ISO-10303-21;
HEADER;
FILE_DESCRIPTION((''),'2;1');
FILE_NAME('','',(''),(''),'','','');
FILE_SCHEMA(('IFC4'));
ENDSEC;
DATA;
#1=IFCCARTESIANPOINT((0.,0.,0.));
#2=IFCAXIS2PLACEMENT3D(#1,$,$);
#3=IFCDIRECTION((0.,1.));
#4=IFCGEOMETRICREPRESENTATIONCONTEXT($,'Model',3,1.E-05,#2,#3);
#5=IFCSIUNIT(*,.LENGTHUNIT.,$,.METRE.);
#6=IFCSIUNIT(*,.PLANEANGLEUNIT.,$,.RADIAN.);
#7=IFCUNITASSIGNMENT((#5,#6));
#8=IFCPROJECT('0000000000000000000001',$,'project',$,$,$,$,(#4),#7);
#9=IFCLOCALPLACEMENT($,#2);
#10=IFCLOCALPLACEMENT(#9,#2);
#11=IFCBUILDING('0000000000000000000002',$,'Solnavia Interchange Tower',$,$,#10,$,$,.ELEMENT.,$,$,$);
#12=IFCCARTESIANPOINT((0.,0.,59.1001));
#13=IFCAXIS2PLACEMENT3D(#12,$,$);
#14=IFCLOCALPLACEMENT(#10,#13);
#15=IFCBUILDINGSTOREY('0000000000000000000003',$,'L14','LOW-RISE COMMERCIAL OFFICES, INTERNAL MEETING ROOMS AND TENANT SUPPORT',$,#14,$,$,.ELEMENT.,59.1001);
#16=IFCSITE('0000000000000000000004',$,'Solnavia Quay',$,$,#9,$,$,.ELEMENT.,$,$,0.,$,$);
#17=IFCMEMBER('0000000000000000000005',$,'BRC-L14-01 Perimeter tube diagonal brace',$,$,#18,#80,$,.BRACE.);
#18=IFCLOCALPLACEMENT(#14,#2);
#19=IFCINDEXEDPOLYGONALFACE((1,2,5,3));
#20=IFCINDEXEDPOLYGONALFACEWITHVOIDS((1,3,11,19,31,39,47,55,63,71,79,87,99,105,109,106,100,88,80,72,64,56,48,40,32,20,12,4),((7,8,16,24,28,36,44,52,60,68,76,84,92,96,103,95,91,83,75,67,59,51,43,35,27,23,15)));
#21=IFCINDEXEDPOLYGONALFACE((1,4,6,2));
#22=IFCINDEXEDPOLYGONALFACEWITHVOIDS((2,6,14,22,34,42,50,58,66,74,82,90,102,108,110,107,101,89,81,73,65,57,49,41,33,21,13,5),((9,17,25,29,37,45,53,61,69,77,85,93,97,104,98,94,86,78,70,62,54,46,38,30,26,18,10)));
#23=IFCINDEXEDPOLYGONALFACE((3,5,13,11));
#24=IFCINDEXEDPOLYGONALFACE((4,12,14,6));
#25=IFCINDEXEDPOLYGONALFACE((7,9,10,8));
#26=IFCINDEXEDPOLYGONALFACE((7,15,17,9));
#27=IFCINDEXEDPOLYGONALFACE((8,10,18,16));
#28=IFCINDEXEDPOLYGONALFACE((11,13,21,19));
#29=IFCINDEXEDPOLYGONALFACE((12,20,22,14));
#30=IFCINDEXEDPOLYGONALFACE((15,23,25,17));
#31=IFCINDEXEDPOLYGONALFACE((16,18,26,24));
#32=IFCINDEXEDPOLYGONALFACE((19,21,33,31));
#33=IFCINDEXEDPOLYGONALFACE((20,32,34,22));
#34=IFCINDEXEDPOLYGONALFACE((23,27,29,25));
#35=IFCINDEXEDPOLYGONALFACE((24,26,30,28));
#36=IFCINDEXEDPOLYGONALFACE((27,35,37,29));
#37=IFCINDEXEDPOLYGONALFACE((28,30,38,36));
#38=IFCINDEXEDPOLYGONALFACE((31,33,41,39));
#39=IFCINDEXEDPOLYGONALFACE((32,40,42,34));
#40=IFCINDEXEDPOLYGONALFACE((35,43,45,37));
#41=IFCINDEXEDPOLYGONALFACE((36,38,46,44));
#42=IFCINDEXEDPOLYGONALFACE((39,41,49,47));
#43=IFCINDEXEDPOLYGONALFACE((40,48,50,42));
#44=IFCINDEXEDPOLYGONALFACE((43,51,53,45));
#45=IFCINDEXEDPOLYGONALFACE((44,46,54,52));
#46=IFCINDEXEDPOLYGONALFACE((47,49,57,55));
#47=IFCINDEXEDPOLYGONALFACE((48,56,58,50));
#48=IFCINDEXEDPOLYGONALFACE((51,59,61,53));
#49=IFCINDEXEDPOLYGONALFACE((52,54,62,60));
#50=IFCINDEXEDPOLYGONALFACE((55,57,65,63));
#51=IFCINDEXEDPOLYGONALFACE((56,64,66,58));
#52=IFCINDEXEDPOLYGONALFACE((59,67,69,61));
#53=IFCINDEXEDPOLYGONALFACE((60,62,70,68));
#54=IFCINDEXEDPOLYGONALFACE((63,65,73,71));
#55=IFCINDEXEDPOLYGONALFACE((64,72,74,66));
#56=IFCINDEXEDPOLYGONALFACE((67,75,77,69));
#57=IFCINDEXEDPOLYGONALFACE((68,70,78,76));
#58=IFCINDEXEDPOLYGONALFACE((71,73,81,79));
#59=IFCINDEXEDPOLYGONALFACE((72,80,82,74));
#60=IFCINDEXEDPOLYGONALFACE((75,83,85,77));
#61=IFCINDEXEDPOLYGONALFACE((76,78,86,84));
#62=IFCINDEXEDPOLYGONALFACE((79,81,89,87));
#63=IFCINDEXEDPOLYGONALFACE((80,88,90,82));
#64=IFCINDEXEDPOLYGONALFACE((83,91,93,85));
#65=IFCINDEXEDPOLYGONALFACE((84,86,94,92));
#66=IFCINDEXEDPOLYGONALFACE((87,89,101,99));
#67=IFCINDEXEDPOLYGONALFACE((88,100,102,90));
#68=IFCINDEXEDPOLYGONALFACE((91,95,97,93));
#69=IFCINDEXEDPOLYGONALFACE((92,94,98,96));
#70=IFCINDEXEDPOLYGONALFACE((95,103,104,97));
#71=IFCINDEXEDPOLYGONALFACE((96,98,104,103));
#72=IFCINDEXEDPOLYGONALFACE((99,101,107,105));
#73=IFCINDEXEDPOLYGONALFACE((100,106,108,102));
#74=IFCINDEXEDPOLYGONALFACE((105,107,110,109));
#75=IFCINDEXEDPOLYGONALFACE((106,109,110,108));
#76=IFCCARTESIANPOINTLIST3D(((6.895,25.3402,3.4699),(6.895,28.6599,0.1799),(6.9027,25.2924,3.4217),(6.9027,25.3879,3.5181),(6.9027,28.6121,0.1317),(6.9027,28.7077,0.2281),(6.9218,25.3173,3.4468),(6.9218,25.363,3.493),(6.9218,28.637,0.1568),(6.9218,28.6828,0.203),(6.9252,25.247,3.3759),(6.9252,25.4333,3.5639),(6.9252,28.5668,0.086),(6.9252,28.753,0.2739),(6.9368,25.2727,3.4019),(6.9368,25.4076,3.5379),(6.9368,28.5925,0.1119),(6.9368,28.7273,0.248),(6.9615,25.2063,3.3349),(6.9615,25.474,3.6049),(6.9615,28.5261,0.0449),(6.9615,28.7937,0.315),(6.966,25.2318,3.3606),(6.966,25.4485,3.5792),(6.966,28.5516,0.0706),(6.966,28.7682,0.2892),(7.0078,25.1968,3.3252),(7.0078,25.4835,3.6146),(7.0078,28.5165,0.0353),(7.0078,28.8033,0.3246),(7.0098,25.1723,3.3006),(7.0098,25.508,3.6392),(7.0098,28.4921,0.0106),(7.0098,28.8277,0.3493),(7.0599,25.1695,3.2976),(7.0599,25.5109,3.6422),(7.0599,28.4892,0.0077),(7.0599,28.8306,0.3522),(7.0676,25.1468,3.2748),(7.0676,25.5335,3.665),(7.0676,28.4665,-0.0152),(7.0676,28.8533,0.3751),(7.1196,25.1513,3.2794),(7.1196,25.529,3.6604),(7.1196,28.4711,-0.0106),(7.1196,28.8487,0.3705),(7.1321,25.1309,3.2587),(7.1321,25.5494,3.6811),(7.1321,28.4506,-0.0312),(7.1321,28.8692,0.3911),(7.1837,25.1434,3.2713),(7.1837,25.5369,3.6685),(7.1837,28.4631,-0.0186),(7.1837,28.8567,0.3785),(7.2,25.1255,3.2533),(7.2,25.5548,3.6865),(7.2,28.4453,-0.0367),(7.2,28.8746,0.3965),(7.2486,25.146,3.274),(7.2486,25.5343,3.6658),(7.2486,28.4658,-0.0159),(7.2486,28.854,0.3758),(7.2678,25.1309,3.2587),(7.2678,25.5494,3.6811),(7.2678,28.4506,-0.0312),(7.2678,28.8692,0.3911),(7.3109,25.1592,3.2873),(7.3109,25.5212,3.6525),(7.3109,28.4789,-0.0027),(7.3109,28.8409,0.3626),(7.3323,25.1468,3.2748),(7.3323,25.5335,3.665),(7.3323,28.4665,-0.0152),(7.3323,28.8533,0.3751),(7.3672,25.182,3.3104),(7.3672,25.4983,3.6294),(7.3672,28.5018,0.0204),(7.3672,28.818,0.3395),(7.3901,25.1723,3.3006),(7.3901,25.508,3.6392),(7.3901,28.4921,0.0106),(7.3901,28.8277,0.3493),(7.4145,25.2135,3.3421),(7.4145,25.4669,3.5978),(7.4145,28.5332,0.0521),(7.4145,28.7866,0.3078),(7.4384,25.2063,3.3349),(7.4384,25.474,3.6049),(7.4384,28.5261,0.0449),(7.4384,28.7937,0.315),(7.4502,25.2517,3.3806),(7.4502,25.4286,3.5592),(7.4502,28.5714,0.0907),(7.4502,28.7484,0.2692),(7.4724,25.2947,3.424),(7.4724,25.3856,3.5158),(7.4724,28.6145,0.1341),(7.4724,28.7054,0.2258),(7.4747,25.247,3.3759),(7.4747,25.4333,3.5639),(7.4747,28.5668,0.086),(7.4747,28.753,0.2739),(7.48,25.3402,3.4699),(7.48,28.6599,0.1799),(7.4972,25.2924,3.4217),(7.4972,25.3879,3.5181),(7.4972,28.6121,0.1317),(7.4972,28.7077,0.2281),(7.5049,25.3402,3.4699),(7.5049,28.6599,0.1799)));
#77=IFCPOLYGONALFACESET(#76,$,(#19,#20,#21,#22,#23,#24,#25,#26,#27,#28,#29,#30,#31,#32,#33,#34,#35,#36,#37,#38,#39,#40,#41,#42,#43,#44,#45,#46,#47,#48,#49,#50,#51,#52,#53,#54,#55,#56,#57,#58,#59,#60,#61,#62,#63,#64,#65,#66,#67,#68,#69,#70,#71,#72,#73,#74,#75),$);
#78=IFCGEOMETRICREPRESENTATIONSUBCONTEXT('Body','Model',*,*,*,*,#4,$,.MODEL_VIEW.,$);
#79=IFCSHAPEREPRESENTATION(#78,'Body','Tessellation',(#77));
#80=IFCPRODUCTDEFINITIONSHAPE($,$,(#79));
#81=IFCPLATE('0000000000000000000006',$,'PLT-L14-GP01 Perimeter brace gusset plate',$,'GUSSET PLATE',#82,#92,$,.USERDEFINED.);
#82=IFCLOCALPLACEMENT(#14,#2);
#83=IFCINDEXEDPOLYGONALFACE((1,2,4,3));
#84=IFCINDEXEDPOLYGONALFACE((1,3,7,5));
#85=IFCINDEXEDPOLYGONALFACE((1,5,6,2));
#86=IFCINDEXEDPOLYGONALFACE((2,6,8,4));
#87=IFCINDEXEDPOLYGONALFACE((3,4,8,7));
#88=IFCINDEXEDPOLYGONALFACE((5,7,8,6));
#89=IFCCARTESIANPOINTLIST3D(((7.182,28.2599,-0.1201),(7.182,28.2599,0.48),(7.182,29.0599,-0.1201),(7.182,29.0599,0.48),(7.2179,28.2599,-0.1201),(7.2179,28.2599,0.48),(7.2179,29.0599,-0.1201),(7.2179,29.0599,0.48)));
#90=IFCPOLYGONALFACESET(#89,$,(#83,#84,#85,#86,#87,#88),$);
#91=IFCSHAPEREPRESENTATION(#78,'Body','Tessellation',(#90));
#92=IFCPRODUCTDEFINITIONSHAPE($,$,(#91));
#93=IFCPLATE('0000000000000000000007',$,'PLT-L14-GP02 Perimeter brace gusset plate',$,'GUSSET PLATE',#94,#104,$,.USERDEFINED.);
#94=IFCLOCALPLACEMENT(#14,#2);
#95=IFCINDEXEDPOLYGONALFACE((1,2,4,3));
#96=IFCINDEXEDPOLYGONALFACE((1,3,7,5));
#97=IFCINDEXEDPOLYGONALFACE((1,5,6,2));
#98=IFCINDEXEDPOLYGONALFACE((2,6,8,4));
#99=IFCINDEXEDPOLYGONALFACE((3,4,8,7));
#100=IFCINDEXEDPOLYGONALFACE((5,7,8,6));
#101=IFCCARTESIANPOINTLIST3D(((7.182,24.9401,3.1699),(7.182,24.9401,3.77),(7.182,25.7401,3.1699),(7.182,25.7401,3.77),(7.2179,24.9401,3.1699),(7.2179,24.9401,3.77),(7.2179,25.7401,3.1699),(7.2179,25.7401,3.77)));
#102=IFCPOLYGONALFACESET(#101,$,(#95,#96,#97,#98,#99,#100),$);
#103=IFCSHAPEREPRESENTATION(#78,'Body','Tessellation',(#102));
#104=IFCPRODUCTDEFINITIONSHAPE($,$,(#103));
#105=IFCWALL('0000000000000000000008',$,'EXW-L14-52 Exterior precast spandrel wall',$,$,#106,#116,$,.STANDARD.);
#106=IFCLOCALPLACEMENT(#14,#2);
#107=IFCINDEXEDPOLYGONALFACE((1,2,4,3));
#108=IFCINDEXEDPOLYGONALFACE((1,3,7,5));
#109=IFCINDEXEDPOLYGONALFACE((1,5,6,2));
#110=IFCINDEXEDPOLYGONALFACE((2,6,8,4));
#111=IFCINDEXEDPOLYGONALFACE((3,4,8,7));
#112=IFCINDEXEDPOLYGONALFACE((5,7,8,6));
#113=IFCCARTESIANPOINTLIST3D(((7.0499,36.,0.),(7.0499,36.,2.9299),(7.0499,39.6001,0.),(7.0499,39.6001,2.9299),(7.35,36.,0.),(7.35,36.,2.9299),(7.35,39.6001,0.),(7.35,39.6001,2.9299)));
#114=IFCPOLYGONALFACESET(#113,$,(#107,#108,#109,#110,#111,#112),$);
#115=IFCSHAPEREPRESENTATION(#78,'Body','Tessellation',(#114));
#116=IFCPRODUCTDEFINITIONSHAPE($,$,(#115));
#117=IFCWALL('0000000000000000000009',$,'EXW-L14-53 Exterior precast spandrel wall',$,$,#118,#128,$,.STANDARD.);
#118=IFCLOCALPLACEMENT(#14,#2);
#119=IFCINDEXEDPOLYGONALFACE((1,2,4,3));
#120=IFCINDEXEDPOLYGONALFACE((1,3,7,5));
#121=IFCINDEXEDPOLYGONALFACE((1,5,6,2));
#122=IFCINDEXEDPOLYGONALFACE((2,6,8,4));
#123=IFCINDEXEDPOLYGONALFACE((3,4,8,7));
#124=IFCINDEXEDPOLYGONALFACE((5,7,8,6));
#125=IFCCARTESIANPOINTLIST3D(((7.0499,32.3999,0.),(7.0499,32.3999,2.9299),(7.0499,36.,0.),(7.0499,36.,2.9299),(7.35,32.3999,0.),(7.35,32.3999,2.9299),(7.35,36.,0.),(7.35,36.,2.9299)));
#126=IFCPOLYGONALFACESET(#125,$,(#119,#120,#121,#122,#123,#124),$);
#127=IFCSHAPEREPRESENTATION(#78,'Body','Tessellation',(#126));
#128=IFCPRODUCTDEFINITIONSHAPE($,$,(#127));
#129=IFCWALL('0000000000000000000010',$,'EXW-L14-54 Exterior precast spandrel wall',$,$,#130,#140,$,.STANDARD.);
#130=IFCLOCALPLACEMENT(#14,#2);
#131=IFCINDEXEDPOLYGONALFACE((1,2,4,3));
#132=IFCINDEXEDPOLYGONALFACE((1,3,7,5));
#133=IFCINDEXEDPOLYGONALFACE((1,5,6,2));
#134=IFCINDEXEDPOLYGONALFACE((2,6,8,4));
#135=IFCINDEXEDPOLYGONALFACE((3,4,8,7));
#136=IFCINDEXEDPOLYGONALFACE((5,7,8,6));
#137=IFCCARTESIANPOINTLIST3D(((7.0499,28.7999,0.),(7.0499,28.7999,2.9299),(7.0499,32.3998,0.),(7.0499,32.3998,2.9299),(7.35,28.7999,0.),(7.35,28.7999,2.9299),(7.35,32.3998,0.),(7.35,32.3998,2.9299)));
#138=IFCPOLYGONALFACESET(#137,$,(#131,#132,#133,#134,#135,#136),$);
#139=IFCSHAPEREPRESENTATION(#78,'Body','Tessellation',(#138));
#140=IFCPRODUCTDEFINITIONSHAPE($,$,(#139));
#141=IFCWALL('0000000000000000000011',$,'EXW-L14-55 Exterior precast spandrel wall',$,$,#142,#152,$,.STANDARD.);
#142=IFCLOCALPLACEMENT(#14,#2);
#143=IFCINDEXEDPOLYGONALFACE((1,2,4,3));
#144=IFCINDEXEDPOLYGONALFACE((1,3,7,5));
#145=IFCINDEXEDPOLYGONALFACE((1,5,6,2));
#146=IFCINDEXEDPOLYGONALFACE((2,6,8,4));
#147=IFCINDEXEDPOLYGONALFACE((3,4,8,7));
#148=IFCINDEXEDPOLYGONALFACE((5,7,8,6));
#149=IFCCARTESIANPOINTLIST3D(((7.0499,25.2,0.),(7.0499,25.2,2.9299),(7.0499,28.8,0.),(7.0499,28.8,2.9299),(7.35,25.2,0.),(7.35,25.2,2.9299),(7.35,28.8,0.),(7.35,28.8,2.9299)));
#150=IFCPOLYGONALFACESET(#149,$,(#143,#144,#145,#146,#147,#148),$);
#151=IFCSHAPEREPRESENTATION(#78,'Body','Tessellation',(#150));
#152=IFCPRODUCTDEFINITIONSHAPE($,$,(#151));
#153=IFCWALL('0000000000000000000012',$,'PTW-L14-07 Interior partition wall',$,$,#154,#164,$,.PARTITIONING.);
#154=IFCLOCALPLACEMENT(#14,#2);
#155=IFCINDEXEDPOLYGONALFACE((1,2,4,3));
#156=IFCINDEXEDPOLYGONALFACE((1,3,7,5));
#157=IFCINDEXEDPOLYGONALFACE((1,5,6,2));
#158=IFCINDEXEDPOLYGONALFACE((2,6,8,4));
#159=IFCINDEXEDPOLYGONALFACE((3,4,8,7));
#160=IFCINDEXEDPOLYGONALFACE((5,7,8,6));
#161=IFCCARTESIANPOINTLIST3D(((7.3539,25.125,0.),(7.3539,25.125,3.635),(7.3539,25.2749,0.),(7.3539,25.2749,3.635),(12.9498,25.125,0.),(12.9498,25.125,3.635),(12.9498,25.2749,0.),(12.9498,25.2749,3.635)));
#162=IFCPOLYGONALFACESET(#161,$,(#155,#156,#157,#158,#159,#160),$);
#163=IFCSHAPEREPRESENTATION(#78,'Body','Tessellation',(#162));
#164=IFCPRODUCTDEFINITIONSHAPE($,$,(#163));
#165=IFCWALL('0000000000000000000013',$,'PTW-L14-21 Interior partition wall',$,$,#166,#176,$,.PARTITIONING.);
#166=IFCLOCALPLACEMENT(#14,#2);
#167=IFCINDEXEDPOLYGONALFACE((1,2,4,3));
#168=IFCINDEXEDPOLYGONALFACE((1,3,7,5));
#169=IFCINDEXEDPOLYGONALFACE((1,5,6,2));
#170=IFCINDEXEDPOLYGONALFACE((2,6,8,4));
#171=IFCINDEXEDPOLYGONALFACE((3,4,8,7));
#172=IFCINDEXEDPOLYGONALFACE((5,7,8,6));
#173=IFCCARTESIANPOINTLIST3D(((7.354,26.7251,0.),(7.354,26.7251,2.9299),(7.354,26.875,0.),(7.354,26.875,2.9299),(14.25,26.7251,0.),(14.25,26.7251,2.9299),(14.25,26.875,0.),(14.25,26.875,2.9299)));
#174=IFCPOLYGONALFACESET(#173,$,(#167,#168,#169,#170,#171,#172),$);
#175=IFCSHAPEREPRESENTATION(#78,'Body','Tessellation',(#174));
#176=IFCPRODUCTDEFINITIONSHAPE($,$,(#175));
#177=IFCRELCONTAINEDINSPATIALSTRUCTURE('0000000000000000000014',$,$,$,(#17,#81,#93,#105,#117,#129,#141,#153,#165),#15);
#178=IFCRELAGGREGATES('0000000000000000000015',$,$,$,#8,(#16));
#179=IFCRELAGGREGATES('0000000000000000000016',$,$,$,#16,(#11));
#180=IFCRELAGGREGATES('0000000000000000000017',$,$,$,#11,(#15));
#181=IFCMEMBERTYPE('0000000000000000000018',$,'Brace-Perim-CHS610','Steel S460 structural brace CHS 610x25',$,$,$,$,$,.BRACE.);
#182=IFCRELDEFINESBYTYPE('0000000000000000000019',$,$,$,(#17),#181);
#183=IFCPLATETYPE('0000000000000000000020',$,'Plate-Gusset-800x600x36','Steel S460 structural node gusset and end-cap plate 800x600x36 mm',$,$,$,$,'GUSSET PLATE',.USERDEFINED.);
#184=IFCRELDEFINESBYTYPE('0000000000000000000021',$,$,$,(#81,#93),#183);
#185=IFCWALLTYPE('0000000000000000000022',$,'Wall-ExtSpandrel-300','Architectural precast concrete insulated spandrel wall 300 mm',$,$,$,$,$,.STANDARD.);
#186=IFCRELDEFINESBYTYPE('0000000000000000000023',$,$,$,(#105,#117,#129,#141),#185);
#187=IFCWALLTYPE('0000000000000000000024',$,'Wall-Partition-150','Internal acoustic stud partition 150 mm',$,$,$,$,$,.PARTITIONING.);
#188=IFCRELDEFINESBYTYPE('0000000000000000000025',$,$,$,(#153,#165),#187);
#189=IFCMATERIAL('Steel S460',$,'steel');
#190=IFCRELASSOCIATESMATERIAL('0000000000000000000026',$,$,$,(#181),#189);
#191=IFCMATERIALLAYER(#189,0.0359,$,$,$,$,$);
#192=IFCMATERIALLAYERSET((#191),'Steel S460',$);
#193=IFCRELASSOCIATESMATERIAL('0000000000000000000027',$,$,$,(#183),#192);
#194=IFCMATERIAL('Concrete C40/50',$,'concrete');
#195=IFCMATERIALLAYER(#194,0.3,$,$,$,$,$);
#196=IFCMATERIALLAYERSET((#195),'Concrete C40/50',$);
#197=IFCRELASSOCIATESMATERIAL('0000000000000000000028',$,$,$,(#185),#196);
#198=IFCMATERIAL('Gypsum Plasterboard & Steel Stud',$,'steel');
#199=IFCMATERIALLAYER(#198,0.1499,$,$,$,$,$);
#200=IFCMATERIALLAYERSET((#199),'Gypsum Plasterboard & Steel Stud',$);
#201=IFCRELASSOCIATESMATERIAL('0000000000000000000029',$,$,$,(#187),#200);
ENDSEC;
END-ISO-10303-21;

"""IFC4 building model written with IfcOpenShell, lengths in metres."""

from ifc_helpers import new_model, si_unit, direction, frame, frame_2d, origin, origin_2d, place, context, subcontext, project, spatial, rectangle, hollow_circle, extrude, material, layer, layer_set, material_profile, profile_set, type_object, element, save


model = new_model("IFC4")

# Units and contexts
model_context = context("Model", 3, precision=1e-05, world=origin(), true_north=direction((0.0, 1.0)))
body_context = subcontext(model_context, "Body", "Model", "MODEL_VIEW")
ifc_project = project(units=[si_unit("LENGTHUNIT", "METRE"), si_unit("PLANEANGLEUNIT", "RADIAN")], contexts=[model_context])

# Site, building, storey
site_placement = place(None, origin())
site = spatial("IfcSite", under=ifc_project, at=site_placement, Name="Solnavia Quay", CompositionType="ELEMENT", RefElevation=0.0)
building_placement = place(site_placement, origin())
building = spatial("IfcBuilding", under=site, at=building_placement, Name="Solnavia Interchange Tower", CompositionType="ELEMENT")
storey_placement = place(building_placement, frame((0.0, 0.0, 59.1001)))
storey = spatial("IfcBuildingStorey", under=building, at=storey_placement, Name="L14", Description="LOW-RISE COMMERCIAL OFFICES, INTERNAL MEETING ROOMS AND TENANT SUPPORT", CompositionType="ELEMENT", Elevation=59.1001)

# Shared definitions
ifc_material_1 = material(Name="Steel S460", Category="steel")

# Member
ifc_material_profile_1 = material_profile(ifc_material_1, hollow_circle(Radius=0.3049, WallThickness=0.0249, at=origin_2d()), Name="CHS 610x25")
ifc_profile_set_1 = profile_set([ifc_material_profile_1], Name="Steel S460")
member_type = type_object("IfcMemberType", Name="Brace-Perim-CHS610", Description="Steel S460 structural brace CHS 610x25", PredefinedType="BRACE", material=ifc_profile_set_1)
member_placement = place(storey_placement, frame((7.2, 28.6599, 0.1799), z_axis=(0.0, -0.710286, 0.703913), x_axis=(1.0, 0.0, 0.0)))
element("IfcMember", 1, at=member_placement, inside=storey, type_object=member_type, Name="BRC-L14-01 Perimeter tube diagonal brace", PredefinedType="BRACE", context=body_context, shape_type="SweptSolid", body=[
    extrude(hollow_circle(Radius=0.3049, WallThickness=0.0249, at=origin_2d()), origin(), (0.0, 0.0, 1.0), 4.6738),
])

# Plates
ifc_layer_1 = layer(ifc_material_1, 0.0359)
ifc_layer_set_1 = layer_set([ifc_layer_1], Name="Steel S460")
plate_type = type_object("IfcPlateType", Name="Plate-Gusset-800x600x36", Description="Steel S460 structural node gusset and end-cap plate 800x600x36 mm", ElementType="GUSSET PLATE", PredefinedType="USERDEFINED", material=ifc_layer_set_1)
for number, where, z_axis, x_axis, name in (
    (2, (7.2, 28.6599, -0.1201), (0.0, 0.0, 1.0), (0.0, -1.0, 0.0), "PLT-L14-GP01 Perimeter brace gusset plate"),
    (3, (7.2, 25.3401, 3.1699), (0.0, 0.0, 1.0), (0.0, -1.0, 0.0), "PLT-L14-GP02 Perimeter brace gusset plate"),
):
    element("IfcPlate", number, at=place(storey_placement, frame(where, z_axis=z_axis, x_axis=x_axis)), inside=storey, type_object=plate_type, Name=name, ObjectType="GUSSET PLATE", PredefinedType="USERDEFINED", context=body_context, shape_type="SweptSolid", body=[
        extrude(rectangle(XDim=0.8, YDim=0.0359, at=origin_2d()), origin(), (0.0, 0.0, 1.0), 0.6001),
    ])

# Walls
ifc_material_2 = material(Name="Concrete C40/50", Category="concrete")
ifc_layer_2 = layer(ifc_material_2, 0.3)
ifc_layer_set_2 = layer_set([ifc_layer_2], Name="Concrete C40/50")
wall_type_1 = type_object("IfcWallType", Name="Wall-ExtSpandrel-300", Description="Architectural precast concrete insulated spandrel wall 300 mm", PredefinedType="STANDARD", material=ifc_layer_set_2)
for number, where, z_axis, x_axis, name in (
    (4, (7.2, 36.0, 0.0), (0.0, 0.0, 1.0), (0.0, 1.0, 0.0), "EXW-L14-52 Exterior precast spandrel wall"),
    (5, (7.2, 32.3999, 0.0), (0.0, 0.0, 1.0), (0.0, 1.0, 0.0), "EXW-L14-53 Exterior precast spandrel wall"),
):
    element("IfcWall", number, at=place(storey_placement, frame(where, z_axis=z_axis, x_axis=x_axis)), inside=storey, type_object=wall_type_1, Name=name, PredefinedType="STANDARD", context=body_context, shape_type="SweptSolid", body=[
        extrude(rectangle(XDim=3.6001, YDim=0.3, at=frame_2d((1.8, 0.0))), origin(), (0.0, 0.0, 1.0), 2.9299),
    ])
wall_1_placement = place(storey_placement, frame((7.2, 28.8, 0.0), z_axis=(0.0, 0.0, 1.0), x_axis=(0.0, 1.0, 0.0)))
element("IfcWall", 6, at=wall_1_placement, inside=storey, type_object=wall_type_1, Name="EXW-L14-54 Exterior precast spandrel wall", PredefinedType="STANDARD", context=body_context, shape_type="SweptSolid", body=[
    extrude(rectangle(XDim=3.5999, YDim=0.3, at=frame_2d((1.7998, 0.0))), origin(), (0.0, 0.0, 1.0), 2.9299),
])
wall_2_placement = place(storey_placement, frame((7.2, 25.2, 0.0), z_axis=(0.0, 0.0, 1.0), x_axis=(0.0, 1.0, 0.0)))
element("IfcWall", 7, at=wall_2_placement, inside=storey, type_object=wall_type_1, Name="EXW-L14-55 Exterior precast spandrel wall", PredefinedType="STANDARD", context=body_context, shape_type="SweptSolid", body=[
    extrude(rectangle(XDim=3.6001, YDim=0.3, at=frame_2d((1.8, 0.0))), origin(), (0.0, 0.0, 1.0), 2.9299),
])
ifc_material_3 = material(Name="Gypsum Plasterboard & Steel Stud", Category="steel")
ifc_layer_3 = layer(ifc_material_3, 0.1499)
ifc_layer_set_3 = layer_set([ifc_layer_3], Name="Gypsum Plasterboard & Steel Stud")
wall_type_2 = type_object("IfcWallType", Name="Wall-Partition-150", Description="Internal acoustic stud partition 150 mm", PredefinedType="PARTITIONING", material=ifc_layer_set_3)
wall_3_placement = place(storey_placement, frame((7.354, 25.2, 0.0), z_axis=(0.0, 0.0, 1.0), x_axis=(1.0, 0.0, 0.0)))
element("IfcWall", 8, at=wall_3_placement, inside=storey, type_object=wall_type_2, Name="PTW-L14-07 Interior partition wall", PredefinedType="PARTITIONING", context=body_context, shape_type="SweptSolid", body=[
    extrude(rectangle(XDim=5.5959, YDim=0.1499, at=frame_2d((2.7979, 0.0))), origin(), (0.0, 0.0, 1.0), 3.635),
])
wall_4_placement = place(storey_placement, frame((7.354, 26.8, 0.0), z_axis=(0.0, 0.0, 1.0), x_axis=(1.0, 0.0, 0.0)))
element("IfcWall", 9, at=wall_4_placement, inside=storey, type_object=wall_type_2, Name="PTW-L14-21 Interior partition wall", PredefinedType="PARTITIONING", context=body_context, shape_type="SweptSolid", body=[
    extrude(rectangle(XDim=6.896, YDim=0.1499, at=frame_2d((3.448, 0.0))), origin(), (0.0, 0.0, 1.0), 2.9299),
])

save(model, "model.ifc")
